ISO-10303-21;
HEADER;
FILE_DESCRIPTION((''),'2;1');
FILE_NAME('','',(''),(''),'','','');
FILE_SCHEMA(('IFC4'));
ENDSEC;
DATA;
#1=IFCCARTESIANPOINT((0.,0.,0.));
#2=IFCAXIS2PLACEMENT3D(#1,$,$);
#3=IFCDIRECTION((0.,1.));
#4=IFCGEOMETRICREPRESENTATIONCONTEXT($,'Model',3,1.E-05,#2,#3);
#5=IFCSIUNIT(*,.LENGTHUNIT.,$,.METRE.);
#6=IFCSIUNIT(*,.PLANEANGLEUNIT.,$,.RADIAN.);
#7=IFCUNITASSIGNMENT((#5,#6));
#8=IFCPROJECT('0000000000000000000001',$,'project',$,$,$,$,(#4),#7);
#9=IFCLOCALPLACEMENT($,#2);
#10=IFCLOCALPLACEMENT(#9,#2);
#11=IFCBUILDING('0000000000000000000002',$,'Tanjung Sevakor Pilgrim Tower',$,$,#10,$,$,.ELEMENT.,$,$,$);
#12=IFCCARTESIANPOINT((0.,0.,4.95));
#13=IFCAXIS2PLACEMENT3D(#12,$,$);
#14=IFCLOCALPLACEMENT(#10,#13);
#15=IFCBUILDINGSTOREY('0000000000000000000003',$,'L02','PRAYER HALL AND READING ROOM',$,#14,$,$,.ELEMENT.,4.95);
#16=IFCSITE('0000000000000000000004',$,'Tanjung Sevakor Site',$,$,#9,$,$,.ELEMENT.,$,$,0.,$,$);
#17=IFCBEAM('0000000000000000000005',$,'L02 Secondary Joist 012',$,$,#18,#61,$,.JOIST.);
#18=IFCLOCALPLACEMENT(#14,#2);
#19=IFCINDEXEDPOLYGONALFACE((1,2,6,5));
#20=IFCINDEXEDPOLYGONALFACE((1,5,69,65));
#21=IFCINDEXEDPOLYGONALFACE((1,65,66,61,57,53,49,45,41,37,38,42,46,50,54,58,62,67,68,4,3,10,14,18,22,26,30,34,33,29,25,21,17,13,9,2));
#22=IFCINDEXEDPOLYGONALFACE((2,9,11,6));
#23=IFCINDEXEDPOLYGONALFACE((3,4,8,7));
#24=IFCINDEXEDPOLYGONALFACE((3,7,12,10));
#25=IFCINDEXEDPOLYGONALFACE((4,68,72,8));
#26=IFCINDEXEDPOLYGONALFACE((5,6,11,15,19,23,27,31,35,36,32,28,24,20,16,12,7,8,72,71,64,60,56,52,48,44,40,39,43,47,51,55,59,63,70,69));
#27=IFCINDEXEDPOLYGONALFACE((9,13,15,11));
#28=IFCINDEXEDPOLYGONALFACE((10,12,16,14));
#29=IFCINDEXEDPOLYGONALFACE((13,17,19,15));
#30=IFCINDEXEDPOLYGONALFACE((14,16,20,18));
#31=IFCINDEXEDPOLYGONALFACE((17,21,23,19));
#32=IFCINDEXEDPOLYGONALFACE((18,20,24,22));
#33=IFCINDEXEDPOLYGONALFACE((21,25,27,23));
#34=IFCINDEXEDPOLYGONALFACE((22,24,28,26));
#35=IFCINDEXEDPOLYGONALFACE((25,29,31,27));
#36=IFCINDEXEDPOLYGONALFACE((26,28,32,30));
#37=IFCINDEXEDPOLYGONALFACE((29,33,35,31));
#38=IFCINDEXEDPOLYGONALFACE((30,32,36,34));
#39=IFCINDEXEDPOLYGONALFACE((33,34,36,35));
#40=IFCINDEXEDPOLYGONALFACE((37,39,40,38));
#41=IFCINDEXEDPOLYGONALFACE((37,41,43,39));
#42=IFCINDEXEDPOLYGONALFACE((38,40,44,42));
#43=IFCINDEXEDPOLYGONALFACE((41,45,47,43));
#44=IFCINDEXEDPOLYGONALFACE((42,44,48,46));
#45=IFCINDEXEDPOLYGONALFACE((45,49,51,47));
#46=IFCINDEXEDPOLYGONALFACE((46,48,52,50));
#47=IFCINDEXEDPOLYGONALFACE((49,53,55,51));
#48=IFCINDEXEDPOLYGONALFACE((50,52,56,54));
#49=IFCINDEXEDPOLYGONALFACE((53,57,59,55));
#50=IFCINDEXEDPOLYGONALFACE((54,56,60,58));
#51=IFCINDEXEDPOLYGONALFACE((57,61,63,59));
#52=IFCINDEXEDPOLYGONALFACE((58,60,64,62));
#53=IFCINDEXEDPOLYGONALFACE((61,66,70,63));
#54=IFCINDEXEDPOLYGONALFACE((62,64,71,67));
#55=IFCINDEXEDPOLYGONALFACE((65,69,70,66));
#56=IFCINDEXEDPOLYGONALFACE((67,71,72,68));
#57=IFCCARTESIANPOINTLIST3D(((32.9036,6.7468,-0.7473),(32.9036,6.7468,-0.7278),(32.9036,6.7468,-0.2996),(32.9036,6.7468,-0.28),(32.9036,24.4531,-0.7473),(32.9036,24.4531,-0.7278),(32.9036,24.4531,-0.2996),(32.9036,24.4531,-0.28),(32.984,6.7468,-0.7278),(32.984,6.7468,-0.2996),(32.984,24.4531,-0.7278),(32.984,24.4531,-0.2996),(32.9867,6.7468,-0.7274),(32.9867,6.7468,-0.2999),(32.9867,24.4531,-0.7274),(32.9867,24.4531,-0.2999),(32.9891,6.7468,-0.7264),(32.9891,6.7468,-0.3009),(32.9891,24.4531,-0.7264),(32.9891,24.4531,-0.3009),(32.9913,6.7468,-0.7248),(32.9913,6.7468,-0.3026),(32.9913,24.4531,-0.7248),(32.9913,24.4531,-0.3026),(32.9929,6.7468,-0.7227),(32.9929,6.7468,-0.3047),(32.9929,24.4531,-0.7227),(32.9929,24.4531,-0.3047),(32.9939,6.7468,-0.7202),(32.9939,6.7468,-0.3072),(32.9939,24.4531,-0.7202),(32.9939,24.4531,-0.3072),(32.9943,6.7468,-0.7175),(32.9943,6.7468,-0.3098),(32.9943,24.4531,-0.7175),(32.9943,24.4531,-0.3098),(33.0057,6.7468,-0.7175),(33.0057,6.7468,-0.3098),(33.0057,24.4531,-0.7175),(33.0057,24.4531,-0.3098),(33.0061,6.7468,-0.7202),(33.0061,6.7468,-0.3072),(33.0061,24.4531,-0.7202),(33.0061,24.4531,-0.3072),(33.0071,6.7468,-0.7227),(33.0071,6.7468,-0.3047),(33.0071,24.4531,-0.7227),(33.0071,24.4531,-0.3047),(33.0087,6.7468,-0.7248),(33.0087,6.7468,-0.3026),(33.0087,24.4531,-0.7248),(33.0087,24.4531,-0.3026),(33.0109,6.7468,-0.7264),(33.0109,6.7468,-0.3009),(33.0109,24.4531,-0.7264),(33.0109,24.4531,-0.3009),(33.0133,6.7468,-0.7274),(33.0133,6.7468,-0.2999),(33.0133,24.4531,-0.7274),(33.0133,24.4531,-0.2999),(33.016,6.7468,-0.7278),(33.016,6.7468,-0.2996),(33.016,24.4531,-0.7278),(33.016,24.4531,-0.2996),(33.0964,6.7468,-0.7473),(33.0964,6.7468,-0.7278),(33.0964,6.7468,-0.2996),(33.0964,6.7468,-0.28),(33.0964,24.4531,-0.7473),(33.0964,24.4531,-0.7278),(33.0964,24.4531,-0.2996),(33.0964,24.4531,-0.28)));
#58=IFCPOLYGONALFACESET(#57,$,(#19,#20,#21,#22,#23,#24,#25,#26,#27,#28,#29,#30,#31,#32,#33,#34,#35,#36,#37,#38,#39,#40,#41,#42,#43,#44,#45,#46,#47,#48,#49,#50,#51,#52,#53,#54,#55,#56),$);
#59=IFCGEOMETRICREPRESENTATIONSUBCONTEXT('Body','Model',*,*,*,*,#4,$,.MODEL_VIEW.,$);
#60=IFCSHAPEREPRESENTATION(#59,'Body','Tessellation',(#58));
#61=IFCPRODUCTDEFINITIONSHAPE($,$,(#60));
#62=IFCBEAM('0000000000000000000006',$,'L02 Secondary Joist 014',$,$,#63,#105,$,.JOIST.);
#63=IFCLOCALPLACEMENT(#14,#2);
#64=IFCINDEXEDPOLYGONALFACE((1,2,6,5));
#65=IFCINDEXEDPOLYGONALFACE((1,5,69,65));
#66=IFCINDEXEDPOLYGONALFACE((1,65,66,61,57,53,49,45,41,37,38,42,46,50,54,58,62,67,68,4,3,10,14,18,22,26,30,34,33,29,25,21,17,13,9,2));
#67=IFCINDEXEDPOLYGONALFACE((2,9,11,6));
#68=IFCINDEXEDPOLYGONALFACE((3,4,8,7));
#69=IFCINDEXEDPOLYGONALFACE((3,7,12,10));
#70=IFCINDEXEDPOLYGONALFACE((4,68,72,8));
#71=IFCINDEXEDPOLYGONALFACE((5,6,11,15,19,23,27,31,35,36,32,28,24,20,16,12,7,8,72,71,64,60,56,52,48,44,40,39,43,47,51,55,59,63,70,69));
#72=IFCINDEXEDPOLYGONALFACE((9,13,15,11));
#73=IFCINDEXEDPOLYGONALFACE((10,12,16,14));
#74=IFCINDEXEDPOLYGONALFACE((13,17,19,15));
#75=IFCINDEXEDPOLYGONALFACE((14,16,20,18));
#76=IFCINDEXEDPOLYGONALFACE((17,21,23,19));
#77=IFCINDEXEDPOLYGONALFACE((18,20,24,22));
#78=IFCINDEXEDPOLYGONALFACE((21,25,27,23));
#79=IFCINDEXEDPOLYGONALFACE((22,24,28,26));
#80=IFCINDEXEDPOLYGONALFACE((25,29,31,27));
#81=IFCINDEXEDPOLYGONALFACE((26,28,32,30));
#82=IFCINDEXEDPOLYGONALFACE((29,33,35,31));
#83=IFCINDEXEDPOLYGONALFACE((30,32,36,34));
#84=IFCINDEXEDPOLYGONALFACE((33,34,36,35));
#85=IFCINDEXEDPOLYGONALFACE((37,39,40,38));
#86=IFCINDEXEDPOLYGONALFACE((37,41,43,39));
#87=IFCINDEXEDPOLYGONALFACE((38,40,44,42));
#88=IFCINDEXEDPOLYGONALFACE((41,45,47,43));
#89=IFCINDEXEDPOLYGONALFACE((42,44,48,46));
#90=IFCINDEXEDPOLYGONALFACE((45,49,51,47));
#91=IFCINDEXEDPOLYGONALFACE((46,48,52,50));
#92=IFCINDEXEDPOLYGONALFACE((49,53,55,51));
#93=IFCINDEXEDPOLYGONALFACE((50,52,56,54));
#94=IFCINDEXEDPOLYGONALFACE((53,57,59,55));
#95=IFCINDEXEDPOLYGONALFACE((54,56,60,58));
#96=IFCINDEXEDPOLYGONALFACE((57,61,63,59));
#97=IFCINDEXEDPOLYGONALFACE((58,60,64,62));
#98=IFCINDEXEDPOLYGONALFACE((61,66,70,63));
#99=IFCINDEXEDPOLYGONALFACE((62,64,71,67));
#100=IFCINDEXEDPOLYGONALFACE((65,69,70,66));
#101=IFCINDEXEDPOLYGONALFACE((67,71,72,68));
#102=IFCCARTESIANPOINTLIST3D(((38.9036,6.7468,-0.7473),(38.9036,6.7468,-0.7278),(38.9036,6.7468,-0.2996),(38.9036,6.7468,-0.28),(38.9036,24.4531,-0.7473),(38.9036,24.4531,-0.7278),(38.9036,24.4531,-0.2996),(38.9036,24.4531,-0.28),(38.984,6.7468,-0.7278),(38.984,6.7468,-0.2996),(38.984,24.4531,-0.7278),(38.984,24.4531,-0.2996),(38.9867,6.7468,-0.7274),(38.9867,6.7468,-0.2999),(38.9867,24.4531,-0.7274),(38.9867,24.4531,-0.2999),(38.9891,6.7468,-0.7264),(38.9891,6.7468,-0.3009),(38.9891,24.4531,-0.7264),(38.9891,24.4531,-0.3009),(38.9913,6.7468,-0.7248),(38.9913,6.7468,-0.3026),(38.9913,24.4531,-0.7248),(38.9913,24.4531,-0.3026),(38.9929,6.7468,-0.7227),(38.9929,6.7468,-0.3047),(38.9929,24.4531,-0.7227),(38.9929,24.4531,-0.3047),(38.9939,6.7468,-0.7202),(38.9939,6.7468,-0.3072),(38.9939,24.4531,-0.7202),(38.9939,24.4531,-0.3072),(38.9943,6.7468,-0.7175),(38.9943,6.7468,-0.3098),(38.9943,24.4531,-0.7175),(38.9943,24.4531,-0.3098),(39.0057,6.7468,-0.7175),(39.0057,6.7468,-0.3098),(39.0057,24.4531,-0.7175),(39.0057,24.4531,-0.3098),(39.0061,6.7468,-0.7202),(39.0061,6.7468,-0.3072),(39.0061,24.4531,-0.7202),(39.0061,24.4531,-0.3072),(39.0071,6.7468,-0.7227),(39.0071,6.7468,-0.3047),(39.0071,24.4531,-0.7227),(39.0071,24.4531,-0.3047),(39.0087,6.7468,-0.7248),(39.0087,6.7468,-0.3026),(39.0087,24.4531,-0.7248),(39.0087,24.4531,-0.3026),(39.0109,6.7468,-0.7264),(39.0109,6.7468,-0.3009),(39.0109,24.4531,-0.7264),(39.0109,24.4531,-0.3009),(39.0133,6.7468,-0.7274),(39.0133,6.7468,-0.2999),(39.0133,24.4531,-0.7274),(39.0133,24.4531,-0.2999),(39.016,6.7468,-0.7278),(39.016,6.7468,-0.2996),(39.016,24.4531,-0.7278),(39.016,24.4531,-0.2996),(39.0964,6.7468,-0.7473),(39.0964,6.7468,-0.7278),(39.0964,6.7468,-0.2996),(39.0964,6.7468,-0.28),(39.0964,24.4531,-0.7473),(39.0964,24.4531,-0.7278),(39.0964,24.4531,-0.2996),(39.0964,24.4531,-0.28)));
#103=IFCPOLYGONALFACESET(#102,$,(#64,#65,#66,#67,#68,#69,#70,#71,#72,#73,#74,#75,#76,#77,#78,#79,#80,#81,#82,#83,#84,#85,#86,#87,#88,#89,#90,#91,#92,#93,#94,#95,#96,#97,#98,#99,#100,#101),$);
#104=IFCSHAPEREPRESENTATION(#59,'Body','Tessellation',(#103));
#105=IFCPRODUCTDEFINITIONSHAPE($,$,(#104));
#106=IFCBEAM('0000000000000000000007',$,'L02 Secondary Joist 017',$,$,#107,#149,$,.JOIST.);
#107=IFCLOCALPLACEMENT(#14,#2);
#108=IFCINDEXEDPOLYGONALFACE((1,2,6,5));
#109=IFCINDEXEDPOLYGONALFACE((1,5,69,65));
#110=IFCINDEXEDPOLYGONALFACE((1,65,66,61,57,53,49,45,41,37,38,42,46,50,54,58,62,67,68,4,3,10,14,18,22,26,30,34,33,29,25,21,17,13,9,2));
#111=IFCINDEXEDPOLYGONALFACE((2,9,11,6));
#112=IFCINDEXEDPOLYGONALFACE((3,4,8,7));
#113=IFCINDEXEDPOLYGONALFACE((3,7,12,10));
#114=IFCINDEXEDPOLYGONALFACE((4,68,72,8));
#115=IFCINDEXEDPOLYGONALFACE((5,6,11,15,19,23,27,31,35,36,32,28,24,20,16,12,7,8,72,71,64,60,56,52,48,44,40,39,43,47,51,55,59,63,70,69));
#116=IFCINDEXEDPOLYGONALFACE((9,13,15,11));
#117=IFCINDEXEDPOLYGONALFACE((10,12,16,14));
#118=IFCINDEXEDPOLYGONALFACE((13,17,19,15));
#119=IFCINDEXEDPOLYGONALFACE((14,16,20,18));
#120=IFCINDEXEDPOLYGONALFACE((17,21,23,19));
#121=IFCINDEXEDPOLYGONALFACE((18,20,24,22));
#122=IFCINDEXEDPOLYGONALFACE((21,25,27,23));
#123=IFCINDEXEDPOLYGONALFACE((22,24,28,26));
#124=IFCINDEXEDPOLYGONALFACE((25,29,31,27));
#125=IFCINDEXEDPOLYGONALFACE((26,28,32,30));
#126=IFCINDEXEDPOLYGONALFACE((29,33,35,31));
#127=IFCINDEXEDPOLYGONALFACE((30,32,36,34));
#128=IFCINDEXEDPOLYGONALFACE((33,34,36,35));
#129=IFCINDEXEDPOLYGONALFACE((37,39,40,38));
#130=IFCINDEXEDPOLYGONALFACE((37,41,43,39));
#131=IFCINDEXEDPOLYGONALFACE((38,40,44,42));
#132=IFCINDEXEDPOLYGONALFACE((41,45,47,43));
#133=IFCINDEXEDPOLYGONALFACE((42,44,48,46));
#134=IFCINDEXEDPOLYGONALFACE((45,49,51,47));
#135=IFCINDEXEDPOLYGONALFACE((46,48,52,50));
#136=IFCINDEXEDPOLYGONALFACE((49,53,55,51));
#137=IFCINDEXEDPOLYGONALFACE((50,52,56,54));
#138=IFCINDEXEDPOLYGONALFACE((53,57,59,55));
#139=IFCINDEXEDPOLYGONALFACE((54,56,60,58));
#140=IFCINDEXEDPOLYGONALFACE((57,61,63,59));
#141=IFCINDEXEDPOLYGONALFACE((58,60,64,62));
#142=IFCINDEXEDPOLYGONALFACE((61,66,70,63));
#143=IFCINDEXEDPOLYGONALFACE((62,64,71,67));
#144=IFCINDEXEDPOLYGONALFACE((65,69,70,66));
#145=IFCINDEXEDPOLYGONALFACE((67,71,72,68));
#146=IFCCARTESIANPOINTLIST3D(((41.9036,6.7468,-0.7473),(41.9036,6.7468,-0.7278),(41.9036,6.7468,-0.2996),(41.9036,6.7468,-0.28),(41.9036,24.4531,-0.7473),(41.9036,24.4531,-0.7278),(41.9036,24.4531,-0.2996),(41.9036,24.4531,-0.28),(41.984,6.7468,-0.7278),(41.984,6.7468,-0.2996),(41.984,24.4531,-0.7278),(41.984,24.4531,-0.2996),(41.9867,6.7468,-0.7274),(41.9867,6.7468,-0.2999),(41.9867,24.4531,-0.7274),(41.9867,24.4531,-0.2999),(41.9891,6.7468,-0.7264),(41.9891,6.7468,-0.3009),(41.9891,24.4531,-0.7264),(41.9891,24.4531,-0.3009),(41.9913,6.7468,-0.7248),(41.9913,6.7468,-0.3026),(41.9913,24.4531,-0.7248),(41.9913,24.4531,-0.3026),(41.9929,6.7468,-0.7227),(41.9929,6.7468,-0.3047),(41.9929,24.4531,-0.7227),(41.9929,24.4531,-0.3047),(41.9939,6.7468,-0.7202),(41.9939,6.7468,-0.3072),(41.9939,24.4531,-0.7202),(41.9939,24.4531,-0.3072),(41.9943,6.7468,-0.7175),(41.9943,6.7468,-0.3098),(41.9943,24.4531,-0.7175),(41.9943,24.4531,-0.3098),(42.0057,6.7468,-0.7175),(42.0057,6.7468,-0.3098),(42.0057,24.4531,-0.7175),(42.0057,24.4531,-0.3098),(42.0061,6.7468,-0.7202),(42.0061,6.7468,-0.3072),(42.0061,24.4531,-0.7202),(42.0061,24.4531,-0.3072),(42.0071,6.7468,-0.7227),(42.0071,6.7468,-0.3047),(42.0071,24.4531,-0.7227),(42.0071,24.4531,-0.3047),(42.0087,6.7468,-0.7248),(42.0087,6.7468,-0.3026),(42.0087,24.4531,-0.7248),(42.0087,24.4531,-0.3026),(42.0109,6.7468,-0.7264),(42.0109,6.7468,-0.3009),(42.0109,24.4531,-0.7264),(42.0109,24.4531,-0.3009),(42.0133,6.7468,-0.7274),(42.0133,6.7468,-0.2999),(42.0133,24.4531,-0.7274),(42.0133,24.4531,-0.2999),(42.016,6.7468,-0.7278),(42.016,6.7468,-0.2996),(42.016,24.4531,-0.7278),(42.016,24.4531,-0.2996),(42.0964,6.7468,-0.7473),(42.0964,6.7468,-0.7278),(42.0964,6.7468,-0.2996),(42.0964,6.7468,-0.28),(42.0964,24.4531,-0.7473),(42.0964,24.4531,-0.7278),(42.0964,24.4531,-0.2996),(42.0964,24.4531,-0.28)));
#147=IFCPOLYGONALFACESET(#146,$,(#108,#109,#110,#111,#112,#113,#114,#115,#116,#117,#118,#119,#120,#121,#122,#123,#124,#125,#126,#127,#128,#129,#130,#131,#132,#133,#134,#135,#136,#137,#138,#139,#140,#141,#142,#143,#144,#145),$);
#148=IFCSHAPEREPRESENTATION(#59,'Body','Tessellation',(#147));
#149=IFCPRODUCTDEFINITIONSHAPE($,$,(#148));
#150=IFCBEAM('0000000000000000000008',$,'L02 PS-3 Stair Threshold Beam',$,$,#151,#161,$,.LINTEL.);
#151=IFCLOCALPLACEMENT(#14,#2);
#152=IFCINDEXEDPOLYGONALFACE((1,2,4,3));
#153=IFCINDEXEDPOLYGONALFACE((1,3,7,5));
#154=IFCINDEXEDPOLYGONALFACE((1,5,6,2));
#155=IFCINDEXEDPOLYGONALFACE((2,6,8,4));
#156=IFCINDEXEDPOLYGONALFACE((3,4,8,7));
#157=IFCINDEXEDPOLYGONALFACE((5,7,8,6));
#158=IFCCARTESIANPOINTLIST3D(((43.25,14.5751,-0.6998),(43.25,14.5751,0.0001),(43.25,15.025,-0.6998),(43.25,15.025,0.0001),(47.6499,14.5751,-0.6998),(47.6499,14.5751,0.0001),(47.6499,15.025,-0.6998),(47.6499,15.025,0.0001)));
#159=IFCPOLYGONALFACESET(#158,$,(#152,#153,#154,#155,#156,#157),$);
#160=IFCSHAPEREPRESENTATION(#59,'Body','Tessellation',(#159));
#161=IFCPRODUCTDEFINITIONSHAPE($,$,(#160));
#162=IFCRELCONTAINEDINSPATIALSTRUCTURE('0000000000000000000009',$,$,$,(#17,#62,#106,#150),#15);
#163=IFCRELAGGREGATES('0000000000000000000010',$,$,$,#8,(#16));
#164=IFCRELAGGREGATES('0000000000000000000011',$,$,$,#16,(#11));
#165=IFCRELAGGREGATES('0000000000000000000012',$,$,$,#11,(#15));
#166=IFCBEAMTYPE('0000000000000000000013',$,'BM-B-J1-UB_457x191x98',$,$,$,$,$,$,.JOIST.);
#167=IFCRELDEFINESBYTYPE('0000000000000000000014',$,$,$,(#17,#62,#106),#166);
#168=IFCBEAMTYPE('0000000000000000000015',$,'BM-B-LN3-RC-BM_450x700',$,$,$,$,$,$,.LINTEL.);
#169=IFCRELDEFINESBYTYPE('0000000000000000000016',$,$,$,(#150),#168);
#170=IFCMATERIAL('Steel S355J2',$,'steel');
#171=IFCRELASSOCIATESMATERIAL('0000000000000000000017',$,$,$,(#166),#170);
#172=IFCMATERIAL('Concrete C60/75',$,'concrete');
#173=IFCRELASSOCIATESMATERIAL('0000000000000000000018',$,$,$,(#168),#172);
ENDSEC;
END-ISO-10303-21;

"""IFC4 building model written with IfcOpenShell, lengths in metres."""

from ifc_helpers import new_model, si_unit, direction, frame, origin, origin_2d, place, context, subcontext, project, spatial, rectangle, i_section, extrude, material, material_profile, profile_set, type_object, element, save


model = new_model("IFC4")

# Units and contexts
model_context = context("Model", 3, precision=1e-05, world=origin(), true_north=direction((0.0, 1.0)))
body_context = subcontext(model_context, "Body", "Model", "MODEL_VIEW")
ifc_project = project(units=[si_unit("LENGTHUNIT", "METRE"), si_unit("PLANEANGLEUNIT", "RADIAN")], contexts=[model_context])

# Site, building, storey
site_placement = place(None, origin())
site = spatial("IfcSite", under=ifc_project, at=site_placement, Name="Tanjung Sevakor Site", CompositionType="ELEMENT", RefElevation=0.0)
building_placement = place(site_placement, origin())
building = spatial("IfcBuilding", under=site, at=building_placement, Name="Tanjung Sevakor Pilgrim Tower", CompositionType="ELEMENT")
storey_placement = place(building_placement, frame((0.0, 0.0, 4.95)))
storey = spatial("IfcBuildingStorey", under=building, at=storey_placement, Name="L02", Description="PRAYER HALL AND READING ROOM", CompositionType="ELEMENT", Elevation=4.95)

# Beams
ifc_material_1 = material(Name="Steel S355J2", Category="steel")
ifc_material_profile_1 = material_profile(ifc_material_1, i_section(OverallWidth=0.1929, OverallDepth=0.4673, WebThickness=0.0115, FlangeThickness=0.0195, FilletRadius=0.0103, at=origin_2d()))
ifc_profile_set_1 = profile_set([ifc_material_profile_1], Name="Steel S355J2")
beam_type_1 = type_object("IfcBeamType", Name="BM-B-J1-UB_457x191x98", PredefinedType="JOIST", material=ifc_profile_set_1)
for number, where, z_axis, x_axis, name in (
    (1, (33.0, 6.7468, -0.5137), (0.0, 1.0, 0.0), (-1.0, 0.0, 0.0), "L02 Secondary Joist 012"),
    (2, (39.0, 6.7468, -0.5137), (0.0, 1.0, 0.0), (-1.0, 0.0, 0.0), "L02 Secondary Joist 014"),
    (3, (42.0, 6.7468, -0.5137), (0.0, 1.0, 0.0), (-1.0, 0.0, 0.0), "L02 Secondary Joist 017"),
):
    element("IfcBeam", number, at=place(storey_placement, frame(where, z_axis=z_axis, x_axis=x_axis)), inside=storey, type_object=beam_type_1, Name=name, PredefinedType="JOIST", context=body_context, shape_type="SweptSolid", body=[
        extrude(i_section(OverallWidth=0.1929, OverallDepth=0.4673, WebThickness=0.0115, FlangeThickness=0.0195, FilletRadius=0.0103, at=origin_2d()), origin(), (0.0, 0.0, 1.0), 17.7063),
    ])
ifc_material_2 = material(Name="Concrete C60/75", Category="concrete")
ifc_material_profile_2 = material_profile(ifc_material_2, rectangle(XDim=0.45, YDim=0.7, at=origin_2d()))
ifc_profile_set_2 = profile_set([ifc_material_profile_2], Name="Concrete C60/75")
beam_type_2 = type_object("IfcBeamType", Name="BM-B-LN3-RC-BM_450x700", PredefinedType="LINTEL", material=ifc_profile_set_2)
beam_1_placement = place(storey_placement, frame((43.25, 14.8, -0.3499), z_axis=(1.0, 0.0, 0.0), x_axis=(0.0, 1.0, 0.0)))
element("IfcBeam", 4, at=beam_1_placement, inside=storey, type_object=beam_type_2, Name="L02 PS-3 Stair Threshold Beam", PredefinedType="LINTEL", context=body_context, shape_type="SweptSolid", body=[
    extrude(rectangle(XDim=0.45, YDim=0.7, at=origin_2d()), origin(), (0.0, 0.0, 1.0), 4.3999),
])

save(model, "model.ifc")
